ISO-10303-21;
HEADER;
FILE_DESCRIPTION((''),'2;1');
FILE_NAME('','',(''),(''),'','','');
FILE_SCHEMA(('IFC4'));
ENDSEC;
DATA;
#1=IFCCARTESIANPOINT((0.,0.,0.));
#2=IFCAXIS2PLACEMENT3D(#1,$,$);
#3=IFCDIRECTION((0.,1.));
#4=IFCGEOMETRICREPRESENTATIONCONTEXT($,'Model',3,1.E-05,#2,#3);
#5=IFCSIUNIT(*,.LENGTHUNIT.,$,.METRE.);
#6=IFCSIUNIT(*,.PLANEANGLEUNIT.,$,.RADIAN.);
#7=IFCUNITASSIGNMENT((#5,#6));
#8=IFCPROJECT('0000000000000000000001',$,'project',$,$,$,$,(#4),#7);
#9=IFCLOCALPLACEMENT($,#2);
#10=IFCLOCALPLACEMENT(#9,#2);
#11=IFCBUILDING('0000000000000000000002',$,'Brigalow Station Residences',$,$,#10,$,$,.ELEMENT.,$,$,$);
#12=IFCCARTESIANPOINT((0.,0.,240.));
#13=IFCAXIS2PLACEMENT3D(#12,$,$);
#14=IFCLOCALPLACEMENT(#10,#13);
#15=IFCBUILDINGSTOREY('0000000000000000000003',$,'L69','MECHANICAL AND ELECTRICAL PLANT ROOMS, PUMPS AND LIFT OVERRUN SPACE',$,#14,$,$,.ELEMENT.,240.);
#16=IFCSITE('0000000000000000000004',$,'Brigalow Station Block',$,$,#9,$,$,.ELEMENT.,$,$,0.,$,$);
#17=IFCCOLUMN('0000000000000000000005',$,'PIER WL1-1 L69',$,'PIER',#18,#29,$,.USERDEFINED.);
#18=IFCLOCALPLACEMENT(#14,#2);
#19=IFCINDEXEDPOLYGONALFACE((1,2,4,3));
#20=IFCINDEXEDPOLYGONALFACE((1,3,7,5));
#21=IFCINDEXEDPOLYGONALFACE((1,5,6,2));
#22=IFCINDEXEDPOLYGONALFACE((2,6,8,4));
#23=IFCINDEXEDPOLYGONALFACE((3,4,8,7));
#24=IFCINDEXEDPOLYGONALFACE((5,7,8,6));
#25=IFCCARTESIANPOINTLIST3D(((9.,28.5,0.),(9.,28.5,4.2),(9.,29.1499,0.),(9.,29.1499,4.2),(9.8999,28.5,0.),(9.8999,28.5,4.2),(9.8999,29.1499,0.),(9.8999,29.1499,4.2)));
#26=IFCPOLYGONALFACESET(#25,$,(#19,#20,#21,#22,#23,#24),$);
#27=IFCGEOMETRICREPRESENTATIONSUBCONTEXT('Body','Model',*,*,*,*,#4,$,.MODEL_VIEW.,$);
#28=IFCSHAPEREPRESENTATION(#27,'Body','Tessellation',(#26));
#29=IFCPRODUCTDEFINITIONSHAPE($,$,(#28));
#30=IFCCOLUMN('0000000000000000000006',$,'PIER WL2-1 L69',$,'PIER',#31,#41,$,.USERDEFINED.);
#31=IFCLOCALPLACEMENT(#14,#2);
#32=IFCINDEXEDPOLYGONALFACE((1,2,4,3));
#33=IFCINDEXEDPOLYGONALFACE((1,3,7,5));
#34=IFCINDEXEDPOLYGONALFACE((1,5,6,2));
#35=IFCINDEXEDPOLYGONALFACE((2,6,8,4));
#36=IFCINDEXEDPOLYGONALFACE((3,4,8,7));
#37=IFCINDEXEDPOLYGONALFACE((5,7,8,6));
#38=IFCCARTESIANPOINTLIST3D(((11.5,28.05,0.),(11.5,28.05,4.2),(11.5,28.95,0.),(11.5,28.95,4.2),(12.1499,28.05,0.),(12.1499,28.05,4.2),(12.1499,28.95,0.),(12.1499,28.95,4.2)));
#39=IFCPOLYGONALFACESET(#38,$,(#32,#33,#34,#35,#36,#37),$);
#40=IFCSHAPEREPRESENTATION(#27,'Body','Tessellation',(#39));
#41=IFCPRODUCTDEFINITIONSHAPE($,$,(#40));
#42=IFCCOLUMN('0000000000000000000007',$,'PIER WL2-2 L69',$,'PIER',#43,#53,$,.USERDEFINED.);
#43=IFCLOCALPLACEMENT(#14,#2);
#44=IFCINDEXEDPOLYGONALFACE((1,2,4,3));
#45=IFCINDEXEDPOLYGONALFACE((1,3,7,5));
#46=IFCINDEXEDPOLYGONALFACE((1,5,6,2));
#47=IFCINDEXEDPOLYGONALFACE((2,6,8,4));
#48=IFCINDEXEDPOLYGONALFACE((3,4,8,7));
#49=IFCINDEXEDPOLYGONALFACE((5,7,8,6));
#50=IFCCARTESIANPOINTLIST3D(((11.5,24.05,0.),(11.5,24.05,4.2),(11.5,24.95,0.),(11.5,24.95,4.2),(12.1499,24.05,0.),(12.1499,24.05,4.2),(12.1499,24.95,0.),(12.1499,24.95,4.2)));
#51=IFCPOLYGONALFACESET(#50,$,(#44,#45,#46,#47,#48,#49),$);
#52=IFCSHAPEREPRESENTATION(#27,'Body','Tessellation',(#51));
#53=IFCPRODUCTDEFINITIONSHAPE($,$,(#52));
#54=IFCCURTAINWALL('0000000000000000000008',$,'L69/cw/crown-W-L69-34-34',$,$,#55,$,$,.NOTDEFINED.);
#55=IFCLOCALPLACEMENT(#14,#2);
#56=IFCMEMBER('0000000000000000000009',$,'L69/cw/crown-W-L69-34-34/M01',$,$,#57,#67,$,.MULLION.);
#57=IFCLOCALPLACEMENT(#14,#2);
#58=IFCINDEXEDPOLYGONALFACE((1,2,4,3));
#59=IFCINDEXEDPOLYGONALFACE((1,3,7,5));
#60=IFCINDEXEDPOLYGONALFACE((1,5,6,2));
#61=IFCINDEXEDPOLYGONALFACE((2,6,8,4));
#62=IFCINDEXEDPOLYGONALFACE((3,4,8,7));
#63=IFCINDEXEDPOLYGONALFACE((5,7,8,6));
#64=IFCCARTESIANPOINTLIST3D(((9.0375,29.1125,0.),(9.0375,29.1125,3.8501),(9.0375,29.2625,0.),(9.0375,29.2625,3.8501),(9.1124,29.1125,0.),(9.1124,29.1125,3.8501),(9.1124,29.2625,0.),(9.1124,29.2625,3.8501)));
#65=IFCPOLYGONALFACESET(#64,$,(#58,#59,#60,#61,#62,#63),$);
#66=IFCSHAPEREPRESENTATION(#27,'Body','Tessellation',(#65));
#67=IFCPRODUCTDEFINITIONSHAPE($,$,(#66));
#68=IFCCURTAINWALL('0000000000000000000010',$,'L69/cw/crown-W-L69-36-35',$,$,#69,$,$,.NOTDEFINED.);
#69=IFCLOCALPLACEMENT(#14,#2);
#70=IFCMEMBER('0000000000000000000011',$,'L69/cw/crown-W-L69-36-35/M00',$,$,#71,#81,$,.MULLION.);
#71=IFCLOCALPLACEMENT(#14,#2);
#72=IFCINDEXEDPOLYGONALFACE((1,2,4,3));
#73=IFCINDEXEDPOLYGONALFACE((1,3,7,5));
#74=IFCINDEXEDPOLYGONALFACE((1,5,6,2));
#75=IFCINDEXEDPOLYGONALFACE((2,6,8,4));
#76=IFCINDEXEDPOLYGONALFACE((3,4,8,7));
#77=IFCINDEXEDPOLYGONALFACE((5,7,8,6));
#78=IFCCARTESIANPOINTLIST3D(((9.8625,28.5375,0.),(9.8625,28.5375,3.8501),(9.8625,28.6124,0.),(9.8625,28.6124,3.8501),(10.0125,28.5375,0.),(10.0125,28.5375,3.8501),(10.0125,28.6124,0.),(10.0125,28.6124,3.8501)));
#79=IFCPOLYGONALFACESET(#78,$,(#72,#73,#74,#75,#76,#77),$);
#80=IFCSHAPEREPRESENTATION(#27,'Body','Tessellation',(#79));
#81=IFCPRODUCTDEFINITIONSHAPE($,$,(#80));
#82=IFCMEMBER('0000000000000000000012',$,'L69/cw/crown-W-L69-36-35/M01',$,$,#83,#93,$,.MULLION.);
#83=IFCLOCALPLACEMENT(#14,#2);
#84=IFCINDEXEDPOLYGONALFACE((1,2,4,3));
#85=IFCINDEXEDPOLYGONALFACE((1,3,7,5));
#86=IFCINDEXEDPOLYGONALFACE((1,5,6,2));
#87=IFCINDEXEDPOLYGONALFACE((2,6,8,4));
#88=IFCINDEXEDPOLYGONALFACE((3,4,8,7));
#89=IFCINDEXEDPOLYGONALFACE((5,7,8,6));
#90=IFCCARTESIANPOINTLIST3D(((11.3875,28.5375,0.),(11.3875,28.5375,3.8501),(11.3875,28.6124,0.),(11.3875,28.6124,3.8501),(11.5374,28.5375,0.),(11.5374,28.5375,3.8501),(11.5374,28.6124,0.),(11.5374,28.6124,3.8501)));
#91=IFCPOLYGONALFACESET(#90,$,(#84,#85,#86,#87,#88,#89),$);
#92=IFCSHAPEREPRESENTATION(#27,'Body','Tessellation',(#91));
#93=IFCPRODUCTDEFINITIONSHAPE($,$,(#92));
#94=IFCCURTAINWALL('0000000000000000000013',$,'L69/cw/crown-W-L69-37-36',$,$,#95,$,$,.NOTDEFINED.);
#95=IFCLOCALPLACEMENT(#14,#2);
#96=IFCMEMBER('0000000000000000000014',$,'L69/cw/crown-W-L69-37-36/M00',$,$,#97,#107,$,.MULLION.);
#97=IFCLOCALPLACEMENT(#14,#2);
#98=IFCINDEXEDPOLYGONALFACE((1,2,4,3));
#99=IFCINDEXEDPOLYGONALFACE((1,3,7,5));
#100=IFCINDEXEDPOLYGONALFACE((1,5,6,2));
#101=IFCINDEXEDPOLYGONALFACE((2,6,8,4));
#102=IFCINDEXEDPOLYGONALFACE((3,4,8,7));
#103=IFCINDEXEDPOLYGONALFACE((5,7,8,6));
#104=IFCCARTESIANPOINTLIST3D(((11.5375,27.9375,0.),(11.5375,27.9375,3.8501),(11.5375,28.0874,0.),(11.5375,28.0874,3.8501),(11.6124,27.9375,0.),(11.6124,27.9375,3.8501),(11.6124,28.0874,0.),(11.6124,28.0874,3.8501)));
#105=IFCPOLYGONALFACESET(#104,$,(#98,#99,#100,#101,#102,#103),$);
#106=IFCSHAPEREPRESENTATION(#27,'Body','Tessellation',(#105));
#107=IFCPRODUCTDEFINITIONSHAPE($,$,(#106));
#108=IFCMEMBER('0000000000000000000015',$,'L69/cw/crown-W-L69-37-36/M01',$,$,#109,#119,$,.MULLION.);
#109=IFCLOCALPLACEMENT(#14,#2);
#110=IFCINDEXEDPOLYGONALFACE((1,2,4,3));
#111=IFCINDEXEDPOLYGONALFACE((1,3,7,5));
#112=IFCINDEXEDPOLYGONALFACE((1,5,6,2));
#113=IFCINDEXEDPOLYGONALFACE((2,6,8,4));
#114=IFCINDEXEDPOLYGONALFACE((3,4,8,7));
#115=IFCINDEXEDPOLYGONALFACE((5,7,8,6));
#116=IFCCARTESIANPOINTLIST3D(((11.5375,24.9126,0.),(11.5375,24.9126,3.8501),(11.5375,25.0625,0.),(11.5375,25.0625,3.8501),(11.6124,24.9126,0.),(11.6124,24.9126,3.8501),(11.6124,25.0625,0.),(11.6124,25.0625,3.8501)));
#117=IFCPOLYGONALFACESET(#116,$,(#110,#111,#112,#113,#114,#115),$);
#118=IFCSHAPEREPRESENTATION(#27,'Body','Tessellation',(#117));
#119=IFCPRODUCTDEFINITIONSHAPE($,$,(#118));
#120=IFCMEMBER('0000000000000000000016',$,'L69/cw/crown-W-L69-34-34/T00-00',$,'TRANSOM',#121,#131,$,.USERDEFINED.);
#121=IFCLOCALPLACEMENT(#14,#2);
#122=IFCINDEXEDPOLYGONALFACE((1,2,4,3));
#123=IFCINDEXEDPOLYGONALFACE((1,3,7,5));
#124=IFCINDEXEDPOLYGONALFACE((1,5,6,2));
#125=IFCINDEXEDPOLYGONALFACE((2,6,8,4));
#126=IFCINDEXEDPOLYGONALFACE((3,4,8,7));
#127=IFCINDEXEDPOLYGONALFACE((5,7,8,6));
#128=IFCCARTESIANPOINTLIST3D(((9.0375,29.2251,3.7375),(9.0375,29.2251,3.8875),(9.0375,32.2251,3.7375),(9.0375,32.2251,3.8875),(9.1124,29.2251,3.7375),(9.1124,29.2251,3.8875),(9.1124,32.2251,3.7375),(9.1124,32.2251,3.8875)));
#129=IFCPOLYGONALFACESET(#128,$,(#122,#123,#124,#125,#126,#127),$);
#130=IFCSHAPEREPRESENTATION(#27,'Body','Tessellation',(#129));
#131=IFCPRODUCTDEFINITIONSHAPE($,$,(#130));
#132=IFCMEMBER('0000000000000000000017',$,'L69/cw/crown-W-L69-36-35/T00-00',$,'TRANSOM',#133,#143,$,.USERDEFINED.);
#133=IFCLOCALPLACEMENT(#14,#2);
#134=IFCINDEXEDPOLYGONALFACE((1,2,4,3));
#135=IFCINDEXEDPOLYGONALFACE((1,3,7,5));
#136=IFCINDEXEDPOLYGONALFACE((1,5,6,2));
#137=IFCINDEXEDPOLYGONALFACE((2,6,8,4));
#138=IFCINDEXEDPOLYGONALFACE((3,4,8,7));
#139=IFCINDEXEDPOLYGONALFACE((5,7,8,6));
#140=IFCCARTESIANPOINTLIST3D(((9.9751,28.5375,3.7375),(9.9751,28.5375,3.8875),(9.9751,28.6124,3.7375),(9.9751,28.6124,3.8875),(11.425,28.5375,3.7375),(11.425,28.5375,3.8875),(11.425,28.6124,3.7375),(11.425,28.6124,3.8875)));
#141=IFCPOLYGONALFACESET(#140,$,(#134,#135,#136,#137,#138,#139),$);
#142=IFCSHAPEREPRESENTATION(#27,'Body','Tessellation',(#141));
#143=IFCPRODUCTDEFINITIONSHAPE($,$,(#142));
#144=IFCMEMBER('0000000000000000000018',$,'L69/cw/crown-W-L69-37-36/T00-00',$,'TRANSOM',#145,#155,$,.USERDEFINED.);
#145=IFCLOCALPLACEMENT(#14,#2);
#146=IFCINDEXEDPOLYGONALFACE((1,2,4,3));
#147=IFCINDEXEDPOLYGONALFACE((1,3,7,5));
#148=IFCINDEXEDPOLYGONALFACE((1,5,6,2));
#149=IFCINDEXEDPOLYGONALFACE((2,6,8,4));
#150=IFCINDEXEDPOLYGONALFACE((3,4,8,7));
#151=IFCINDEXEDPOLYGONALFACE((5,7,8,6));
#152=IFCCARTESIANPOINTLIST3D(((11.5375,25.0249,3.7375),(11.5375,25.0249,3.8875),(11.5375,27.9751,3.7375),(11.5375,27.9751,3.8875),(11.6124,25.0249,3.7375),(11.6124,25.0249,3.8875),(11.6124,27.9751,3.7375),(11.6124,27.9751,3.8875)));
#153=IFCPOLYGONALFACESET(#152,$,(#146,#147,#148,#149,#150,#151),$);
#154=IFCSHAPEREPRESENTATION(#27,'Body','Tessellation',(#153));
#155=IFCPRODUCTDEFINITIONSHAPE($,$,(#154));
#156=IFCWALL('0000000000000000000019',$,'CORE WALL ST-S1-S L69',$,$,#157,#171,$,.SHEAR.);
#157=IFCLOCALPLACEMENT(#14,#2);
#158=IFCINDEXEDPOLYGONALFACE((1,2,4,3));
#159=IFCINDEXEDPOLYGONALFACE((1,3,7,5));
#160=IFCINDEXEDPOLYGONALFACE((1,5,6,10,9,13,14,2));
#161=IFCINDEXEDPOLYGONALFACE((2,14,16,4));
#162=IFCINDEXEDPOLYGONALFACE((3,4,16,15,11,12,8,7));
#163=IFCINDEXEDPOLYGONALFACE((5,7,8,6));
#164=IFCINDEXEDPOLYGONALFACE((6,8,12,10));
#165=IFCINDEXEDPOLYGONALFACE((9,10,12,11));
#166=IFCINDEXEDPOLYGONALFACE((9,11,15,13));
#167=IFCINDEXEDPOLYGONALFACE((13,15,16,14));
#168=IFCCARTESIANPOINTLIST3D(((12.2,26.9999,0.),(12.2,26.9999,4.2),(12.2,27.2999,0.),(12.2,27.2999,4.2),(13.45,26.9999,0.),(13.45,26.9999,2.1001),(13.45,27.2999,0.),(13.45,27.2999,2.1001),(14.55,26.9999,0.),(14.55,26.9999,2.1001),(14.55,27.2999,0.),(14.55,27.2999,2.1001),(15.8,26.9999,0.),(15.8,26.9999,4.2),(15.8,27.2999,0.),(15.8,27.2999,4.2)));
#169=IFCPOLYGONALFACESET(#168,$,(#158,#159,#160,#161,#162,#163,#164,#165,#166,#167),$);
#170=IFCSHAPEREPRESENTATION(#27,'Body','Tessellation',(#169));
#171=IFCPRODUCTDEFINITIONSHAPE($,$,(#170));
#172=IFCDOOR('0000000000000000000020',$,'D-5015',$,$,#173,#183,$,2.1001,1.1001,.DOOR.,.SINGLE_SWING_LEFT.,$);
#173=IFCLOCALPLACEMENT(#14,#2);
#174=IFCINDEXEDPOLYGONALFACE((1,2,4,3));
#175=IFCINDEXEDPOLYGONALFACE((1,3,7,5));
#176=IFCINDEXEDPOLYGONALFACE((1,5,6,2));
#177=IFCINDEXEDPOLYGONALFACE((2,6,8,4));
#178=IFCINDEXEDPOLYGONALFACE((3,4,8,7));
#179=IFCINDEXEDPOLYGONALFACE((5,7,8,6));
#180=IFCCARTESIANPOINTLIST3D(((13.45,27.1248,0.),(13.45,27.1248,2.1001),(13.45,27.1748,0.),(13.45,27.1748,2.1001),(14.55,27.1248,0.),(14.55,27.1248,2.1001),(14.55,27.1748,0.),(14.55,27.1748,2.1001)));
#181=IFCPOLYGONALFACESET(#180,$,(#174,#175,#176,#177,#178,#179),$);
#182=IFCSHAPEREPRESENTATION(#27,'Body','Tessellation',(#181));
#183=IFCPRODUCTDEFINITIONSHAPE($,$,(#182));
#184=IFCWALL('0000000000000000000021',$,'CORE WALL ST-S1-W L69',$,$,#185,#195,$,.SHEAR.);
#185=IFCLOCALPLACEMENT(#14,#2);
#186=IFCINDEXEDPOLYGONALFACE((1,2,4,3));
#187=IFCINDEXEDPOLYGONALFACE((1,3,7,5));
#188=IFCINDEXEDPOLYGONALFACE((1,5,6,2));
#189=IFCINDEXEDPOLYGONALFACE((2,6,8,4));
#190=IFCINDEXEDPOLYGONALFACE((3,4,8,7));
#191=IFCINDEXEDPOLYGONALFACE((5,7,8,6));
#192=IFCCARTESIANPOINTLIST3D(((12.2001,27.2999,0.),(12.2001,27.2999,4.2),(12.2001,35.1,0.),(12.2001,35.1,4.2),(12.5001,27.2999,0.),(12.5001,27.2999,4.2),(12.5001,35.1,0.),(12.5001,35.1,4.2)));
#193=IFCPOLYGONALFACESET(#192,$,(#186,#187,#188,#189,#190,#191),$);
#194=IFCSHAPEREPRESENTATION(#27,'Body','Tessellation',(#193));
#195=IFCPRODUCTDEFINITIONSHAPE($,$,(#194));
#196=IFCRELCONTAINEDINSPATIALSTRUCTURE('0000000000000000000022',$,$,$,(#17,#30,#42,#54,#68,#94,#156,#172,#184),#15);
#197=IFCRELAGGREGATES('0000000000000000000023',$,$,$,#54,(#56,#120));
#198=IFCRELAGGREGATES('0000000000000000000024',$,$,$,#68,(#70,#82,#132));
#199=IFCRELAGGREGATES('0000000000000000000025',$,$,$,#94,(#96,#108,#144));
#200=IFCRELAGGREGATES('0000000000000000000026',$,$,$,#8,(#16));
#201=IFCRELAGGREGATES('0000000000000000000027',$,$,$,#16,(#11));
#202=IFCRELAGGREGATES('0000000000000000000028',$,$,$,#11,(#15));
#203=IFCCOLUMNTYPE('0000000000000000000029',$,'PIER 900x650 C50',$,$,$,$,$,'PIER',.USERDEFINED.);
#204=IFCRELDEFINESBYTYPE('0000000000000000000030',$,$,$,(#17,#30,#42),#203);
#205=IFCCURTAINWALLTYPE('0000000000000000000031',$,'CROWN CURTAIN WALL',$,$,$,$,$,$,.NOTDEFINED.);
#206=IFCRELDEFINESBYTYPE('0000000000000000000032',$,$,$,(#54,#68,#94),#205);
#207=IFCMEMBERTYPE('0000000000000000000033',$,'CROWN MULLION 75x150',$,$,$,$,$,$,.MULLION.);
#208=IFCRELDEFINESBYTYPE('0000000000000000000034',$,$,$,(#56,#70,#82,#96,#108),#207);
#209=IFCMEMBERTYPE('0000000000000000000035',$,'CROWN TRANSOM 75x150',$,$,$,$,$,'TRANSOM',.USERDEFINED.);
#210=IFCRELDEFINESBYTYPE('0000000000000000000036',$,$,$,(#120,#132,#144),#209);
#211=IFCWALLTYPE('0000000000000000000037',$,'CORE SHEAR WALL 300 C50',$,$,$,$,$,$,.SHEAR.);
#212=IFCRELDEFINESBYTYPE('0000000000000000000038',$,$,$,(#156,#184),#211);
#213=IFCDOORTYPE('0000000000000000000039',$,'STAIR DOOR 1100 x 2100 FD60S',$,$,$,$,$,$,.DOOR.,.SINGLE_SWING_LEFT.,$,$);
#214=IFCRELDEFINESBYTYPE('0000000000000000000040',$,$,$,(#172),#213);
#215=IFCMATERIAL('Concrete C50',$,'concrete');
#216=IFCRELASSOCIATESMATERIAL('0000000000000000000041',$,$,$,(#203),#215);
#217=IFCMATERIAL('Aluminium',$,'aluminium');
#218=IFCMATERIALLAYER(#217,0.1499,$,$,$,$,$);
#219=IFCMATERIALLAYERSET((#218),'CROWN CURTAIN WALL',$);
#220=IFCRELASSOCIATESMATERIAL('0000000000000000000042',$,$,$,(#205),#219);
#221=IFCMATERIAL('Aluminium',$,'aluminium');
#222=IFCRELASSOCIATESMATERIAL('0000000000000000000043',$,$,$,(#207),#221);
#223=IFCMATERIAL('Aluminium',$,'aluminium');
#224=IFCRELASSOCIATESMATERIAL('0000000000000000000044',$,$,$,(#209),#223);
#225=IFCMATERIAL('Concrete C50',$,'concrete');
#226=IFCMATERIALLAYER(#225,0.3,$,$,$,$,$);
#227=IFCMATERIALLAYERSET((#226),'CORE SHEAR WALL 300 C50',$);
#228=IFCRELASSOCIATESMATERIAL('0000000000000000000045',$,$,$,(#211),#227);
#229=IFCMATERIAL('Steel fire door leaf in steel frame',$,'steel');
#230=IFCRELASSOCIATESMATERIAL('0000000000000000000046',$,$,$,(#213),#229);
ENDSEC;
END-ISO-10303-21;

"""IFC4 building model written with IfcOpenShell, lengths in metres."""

from ifc_helpers import new_model, si_unit, direction, frame, frame_2d, origin, origin_2d, place, context, subcontext, project, spatial, rectangle, extrude, material, layer, layer_set, material_profile, profile_set, type_object, element, fill, aggregate, save


model = new_model("IFC4")

# Units and contexts
model_context = context("Model", 3, precision=1e-05, world=origin(), true_north=direction((0.0, 1.0)))
body_context = subcontext(model_context, "Body", "Model", "MODEL_VIEW")
ifc_project = project(units=[si_unit("LENGTHUNIT", "METRE"), si_unit("PLANEANGLEUNIT", "RADIAN")], contexts=[model_context])

# Site, building, storey
site_placement = place(None, origin())
site = spatial("IfcSite", under=ifc_project, at=site_placement, Name="Brigalow Station Block", CompositionType="ELEMENT", RefElevation=0.0)
building_placement = place(site_placement, origin())
building = spatial("IfcBuilding", under=site, at=building_placement, Name="Brigalow Station Residences", CompositionType="ELEMENT")
storey_placement = place(building_placement, frame((0.0, 0.0, 240.0)))
storey = spatial("IfcBuildingStorey", under=building, at=storey_placement, Name="L69", Description="MECHANICAL AND ELECTRICAL PLANT ROOMS, PUMPS AND LIFT OVERRUN SPACE", CompositionType="ELEMENT", Elevation=240.0)

# Columns
ifc_material_1 = material(Name="Concrete C50", Category="concrete")
ifc_material_profile_1 = material_profile(ifc_material_1, rectangle(XDim=0.8999, YDim=0.6499, at=origin_2d()), Name="RC900x650")
ifc_profile_set_1 = profile_set([ifc_material_profile_1], Name="Concrete C50")
column_type = type_object("IfcColumnType", Name="PIER 900x650 C50", ElementType="PIER", PredefinedType="USERDEFINED", material=ifc_profile_set_1)
for number, where, z_axis, x_axis, name in (
    (1, (9.45, 28.825, 0.0), (0.0, 0.0, 1.0), (1.0, 0.0, 0.0), "PIER WL1-1 L69"),
    (2, (11.825, 28.5, 0.0), (0.0, 0.0, 1.0), (0.0, -1.0, 0.0), "PIER WL2-1 L69"),
    (3, (11.825, 24.5, 0.0), (0.0, 0.0, 1.0), (0.0, -1.0, 0.0), "PIER WL2-2 L69"),
):
    element("IfcColumn", number, at=place(storey_placement, frame(where, z_axis=z_axis, x_axis=x_axis)), inside=storey, type_object=column_type, Name=name, ObjectType="PIER", PredefinedType="USERDEFINED", context=body_context, shape_type="SweptSolid", body=[
        extrude(rectangle(XDim=0.8999, YDim=0.6499, at=origin_2d()), origin(), (0.0, 0.0, 1.0), 4.2),
    ])

# Curtain wall, member
ifc_material_2 = material(Name="Aluminium", Category="aluminium")
ifc_layer_1 = layer(ifc_material_2, 0.1499)
ifc_layer_set_1 = layer_set([ifc_layer_1], Name="CROWN CURTAIN WALL")
curtain_wall_type = type_object("IfcCurtainWallType", Name="CROWN CURTAIN WALL", PredefinedType="NOTDEFINED", material=ifc_layer_set_1)
curtain_wall_1_placement = place(storey_placement, origin())
curtain_wall_1 = element("IfcCurtainWall", 4, at=curtain_wall_1_placement, inside=storey, type_object=curtain_wall_type, Name="L69/cw/crown-W-L69-34-34", PredefinedType="NOTDEFINED")
ifc_material_3 = material(Name="Aluminium", Category="aluminium")
ifc_material_profile_2 = material_profile(ifc_material_3, rectangle(XDim=0.075, YDim=0.1499, at=origin_2d()), Name="CROWN MULLION 75x150")
ifc_profile_set_2 = profile_set([ifc_material_profile_2], Name="Aluminium")
member_type_1 = type_object("IfcMemberType", Name="CROWN MULLION 75x150", PredefinedType="MULLION", material=ifc_profile_set_2)
member_1_placement = place(storey_placement, frame((9.075, 29.1875, 0.0), z_axis=(0.0, 0.0, 1.0), x_axis=(1.0, 0.0, 0.0)))
member_1 = element("IfcMember", 5, at=member_1_placement, type_object=member_type_1, Name="L69/cw/crown-W-L69-34-34/M01", PredefinedType="MULLION", context=body_context, shape_type="SweptSolid", body=[
    extrude(rectangle(XDim=0.075, YDim=0.1499, at=origin_2d()), origin(), (0.0, 0.0, 1.0), 3.8501),
])

# Curtain walls, members
curtain_wall_2_placement = place(storey_placement, origin())
curtain_wall_2 = element("IfcCurtainWall", 6, at=curtain_wall_2_placement, inside=storey, type_object=curtain_wall_type, Name="L69/cw/crown-W-L69-36-35", PredefinedType="NOTDEFINED")
member_2_placement = place(storey_placement, frame((9.9375, 28.575, 0.0), z_axis=(0.0, 0.0, 1.0), x_axis=(0.0, 1.0, 0.0)))
member_2 = element("IfcMember", 7, at=member_2_placement, type_object=member_type_1, Name="L69/cw/crown-W-L69-36-35/M00", PredefinedType="MULLION", context=body_context, shape_type="SweptSolid", body=[
    extrude(rectangle(XDim=0.075, YDim=0.1499, at=origin_2d()), origin(), (0.0, 0.0, 1.0), 3.8501),
])
member_3_placement = place(storey_placement, frame((11.4624, 28.575, 0.0), z_axis=(0.0, 0.0, 1.0), x_axis=(0.0, 1.0, 0.0)))
member_3 = element("IfcMember", 8, at=member_3_placement, type_object=member_type_1, Name="L69/cw/crown-W-L69-36-35/M01", PredefinedType="MULLION", context=body_context, shape_type="SweptSolid", body=[
    extrude(rectangle(XDim=0.075, YDim=0.1499, at=origin_2d()), origin(), (0.0, 0.0, 1.0), 3.8501),
])
curtain_wall_3_placement = place(storey_placement, origin())
curtain_wall_3 = element("IfcCurtainWall", 9, at=curtain_wall_3_placement, inside=storey, type_object=curtain_wall_type, Name="L69/cw/crown-W-L69-37-36", PredefinedType="NOTDEFINED")
member_4_placement = place(storey_placement, frame((11.575, 28.0125, 0.0), z_axis=(0.0, 0.0, 1.0), x_axis=(1.0, 0.0, 0.0)))
member_4 = element("IfcMember", 10, at=member_4_placement, type_object=member_type_1, Name="L69/cw/crown-W-L69-37-36/M00", PredefinedType="MULLION", context=body_context, shape_type="SweptSolid", body=[
    extrude(rectangle(XDim=0.075, YDim=0.1499, at=origin_2d()), origin(), (0.0, 0.0, 1.0), 3.8501),
])
member_5_placement = place(storey_placement, frame((11.575, 24.9875, 0.0), z_axis=(0.0, 0.0, 1.0), x_axis=(1.0, 0.0, 0.0)))
member_5 = element("IfcMember", 11, at=member_5_placement, type_object=member_type_1, Name="L69/cw/crown-W-L69-37-36/M01", PredefinedType="MULLION", context=body_context, shape_type="SweptSolid", body=[
    extrude(rectangle(XDim=0.075, YDim=0.1499, at=origin_2d()), origin(), (0.0, 0.0, 1.0), 3.8501),
])

# Members
ifc_material_4 = material(Name="Aluminium", Category="aluminium")
ifc_material_profile_3 = material_profile(ifc_material_4, rectangle(XDim=0.075, YDim=0.1499, at=origin_2d()), Name="CROWN TRANSOM 75x150")
ifc_profile_set_3 = profile_set([ifc_material_profile_3], Name="Aluminium")
member_type_2 = type_object("IfcMemberType", Name="CROWN TRANSOM 75x150", ElementType="TRANSOM", PredefinedType="USERDEFINED", material=ifc_profile_set_3)
member_6_placement = place(storey_placement, frame((9.075, 32.2251, 3.8125), z_axis=(0.0, -1.0, 0.0), x_axis=(1.0, 0.0, 0.0)))
member_6 = element("IfcMember", 12, at=member_6_placement, type_object=member_type_2, Name="L69/cw/crown-W-L69-34-34/T00-00", ObjectType="TRANSOM", PredefinedType="USERDEFINED", context=body_context, shape_type="SweptSolid", body=[
    extrude(rectangle(XDim=0.075, YDim=0.1499, at=origin_2d()), origin(), (0.0, 0.0, 1.0), 3.0),
])
member_7_placement = place(storey_placement, frame((9.9751, 28.575, 3.8125), z_axis=(1.0, 0.0, 0.0), x_axis=(0.0, 1.0, 0.0)))
member_7 = element("IfcMember", 13, at=member_7_placement, type_object=member_type_2, Name="L69/cw/crown-W-L69-36-35/T00-00", ObjectType="TRANSOM", PredefinedType="USERDEFINED", context=body_context, shape_type="SweptSolid", body=[
    extrude(rectangle(XDim=0.075, YDim=0.1499, at=origin_2d()), origin(), (0.0, 0.0, 1.0), 1.45),
])
member_8_placement = place(storey_placement, frame((11.575, 27.9751, 3.8125), z_axis=(0.0, -1.0, 0.0), x_axis=(1.0, 0.0, 0.0)))
member_8 = element("IfcMember", 14, at=member_8_placement, type_object=member_type_2, Name="L69/cw/crown-W-L69-37-36/T00-00", ObjectType="TRANSOM", PredefinedType="USERDEFINED", context=body_context, shape_type="SweptSolid", body=[
    extrude(rectangle(XDim=0.075, YDim=0.1499, at=origin_2d()), origin(), (0.0, 0.0, 1.0), 2.9502),
])

# Wall, opening, door
ifc_material_5 = material(Name="Concrete C50", Category="concrete")
ifc_layer_2 = layer(ifc_material_5, 0.3)
ifc_layer_set_2 = layer_set([ifc_layer_2], Name="CORE SHEAR WALL 300 C50")
wall_type_1 = type_object("IfcWallType", Name="CORE SHEAR WALL 300 C50", PredefinedType="SHEAR", material=ifc_layer_set_2)
wall_1_placement = place(storey_placement, frame((12.2, 27.1499, 0.0), z_axis=(0.0, 0.0, 1.0), x_axis=(1.0, 0.0, 0.0)))
wall_1 = element("IfcWall", 15, at=wall_1_placement, inside=storey, type_object=wall_type_1, Name="CORE WALL ST-S1-S L69", PredefinedType="SHEAR", context=body_context, shape_type="SweptSolid", body=[
    extrude(rectangle(XDim=3.6001, YDim=0.3, at=frame_2d((1.8, 0.0))), origin(), (0.0, 0.0, 1.0), 4.2),
])
opening_placement = place(wall_1_placement, frame((1.25, 0.0, 0.0)))
opening = element("IfcOpeningElement", 16, at=opening_placement, cuts=wall_1, PredefinedType="OPENING", context=body_context, shape_type="SweptSolid", body=[
    extrude(rectangle(XDim=1.1001, YDim=2.1001, at=frame_2d((0.55, 1.05))), frame((0.0, 0.1602, 0.0), z_axis=(0.0, -1.0, 0.0), x_axis=(1.0, 0.0, 0.0)), (0.0, 0.0, 1.0), 0.3201),
])
ifc_material_6 = material(Name="Steel fire door leaf in steel frame", Category="steel")
door_type = type_object("IfcDoorType", Name="STAIR DOOR 1100 x 2100 FD60S", OperationType="SINGLE_SWING_LEFT", PredefinedType="DOOR", material=ifc_material_6)
door_placement = place(opening_placement, origin())
door = element("IfcDoor", 17, at=door_placement, inside=storey, type_object=door_type, Name="D-5015", OperationType="SINGLE_SWING_LEFT", OverallHeight=2.1001, OverallWidth=1.1001, PredefinedType="DOOR", context=body_context, shape_type="SweptSolid", body=[
    extrude(rectangle(XDim=1.1001, YDim=2.1001, at=frame_2d((0.55, 1.05))), frame((0.0, 0.0249, 0.0), z_axis=(0.0, -1.0, 0.0), x_axis=(1.0, 0.0, 0.0)), (0.0, 0.0, 1.0), 0.05),
])
fill(opening, door)

# Wall
for number, where, z_axis, x_axis, name in (
    (18, (12.3501, 27.3, 0.0), (0.0, 0.0, 1.0), (0.0, 1.0, 0.0), "CORE WALL ST-S1-W L69"),
):
    element("IfcWall", number, at=place(storey_placement, frame(where, z_axis=z_axis, x_axis=x_axis)), inside=storey, type_object=wall_type_1, Name=name, PredefinedType="SHEAR", context=body_context, shape_type="SweptSolid", body=[
        extrude(rectangle(XDim=7.8, YDim=0.3, at=frame_2d((3.8999, 0.0))), origin(), (0.0, 0.0, 1.0), 4.2),
    ])

aggregate(curtain_wall_1, [member_1, member_6])
aggregate(curtain_wall_2, [member_2, member_3, member_7])
aggregate(curtain_wall_3, [member_4, member_5, member_8])

save(model, "model.ifc")
